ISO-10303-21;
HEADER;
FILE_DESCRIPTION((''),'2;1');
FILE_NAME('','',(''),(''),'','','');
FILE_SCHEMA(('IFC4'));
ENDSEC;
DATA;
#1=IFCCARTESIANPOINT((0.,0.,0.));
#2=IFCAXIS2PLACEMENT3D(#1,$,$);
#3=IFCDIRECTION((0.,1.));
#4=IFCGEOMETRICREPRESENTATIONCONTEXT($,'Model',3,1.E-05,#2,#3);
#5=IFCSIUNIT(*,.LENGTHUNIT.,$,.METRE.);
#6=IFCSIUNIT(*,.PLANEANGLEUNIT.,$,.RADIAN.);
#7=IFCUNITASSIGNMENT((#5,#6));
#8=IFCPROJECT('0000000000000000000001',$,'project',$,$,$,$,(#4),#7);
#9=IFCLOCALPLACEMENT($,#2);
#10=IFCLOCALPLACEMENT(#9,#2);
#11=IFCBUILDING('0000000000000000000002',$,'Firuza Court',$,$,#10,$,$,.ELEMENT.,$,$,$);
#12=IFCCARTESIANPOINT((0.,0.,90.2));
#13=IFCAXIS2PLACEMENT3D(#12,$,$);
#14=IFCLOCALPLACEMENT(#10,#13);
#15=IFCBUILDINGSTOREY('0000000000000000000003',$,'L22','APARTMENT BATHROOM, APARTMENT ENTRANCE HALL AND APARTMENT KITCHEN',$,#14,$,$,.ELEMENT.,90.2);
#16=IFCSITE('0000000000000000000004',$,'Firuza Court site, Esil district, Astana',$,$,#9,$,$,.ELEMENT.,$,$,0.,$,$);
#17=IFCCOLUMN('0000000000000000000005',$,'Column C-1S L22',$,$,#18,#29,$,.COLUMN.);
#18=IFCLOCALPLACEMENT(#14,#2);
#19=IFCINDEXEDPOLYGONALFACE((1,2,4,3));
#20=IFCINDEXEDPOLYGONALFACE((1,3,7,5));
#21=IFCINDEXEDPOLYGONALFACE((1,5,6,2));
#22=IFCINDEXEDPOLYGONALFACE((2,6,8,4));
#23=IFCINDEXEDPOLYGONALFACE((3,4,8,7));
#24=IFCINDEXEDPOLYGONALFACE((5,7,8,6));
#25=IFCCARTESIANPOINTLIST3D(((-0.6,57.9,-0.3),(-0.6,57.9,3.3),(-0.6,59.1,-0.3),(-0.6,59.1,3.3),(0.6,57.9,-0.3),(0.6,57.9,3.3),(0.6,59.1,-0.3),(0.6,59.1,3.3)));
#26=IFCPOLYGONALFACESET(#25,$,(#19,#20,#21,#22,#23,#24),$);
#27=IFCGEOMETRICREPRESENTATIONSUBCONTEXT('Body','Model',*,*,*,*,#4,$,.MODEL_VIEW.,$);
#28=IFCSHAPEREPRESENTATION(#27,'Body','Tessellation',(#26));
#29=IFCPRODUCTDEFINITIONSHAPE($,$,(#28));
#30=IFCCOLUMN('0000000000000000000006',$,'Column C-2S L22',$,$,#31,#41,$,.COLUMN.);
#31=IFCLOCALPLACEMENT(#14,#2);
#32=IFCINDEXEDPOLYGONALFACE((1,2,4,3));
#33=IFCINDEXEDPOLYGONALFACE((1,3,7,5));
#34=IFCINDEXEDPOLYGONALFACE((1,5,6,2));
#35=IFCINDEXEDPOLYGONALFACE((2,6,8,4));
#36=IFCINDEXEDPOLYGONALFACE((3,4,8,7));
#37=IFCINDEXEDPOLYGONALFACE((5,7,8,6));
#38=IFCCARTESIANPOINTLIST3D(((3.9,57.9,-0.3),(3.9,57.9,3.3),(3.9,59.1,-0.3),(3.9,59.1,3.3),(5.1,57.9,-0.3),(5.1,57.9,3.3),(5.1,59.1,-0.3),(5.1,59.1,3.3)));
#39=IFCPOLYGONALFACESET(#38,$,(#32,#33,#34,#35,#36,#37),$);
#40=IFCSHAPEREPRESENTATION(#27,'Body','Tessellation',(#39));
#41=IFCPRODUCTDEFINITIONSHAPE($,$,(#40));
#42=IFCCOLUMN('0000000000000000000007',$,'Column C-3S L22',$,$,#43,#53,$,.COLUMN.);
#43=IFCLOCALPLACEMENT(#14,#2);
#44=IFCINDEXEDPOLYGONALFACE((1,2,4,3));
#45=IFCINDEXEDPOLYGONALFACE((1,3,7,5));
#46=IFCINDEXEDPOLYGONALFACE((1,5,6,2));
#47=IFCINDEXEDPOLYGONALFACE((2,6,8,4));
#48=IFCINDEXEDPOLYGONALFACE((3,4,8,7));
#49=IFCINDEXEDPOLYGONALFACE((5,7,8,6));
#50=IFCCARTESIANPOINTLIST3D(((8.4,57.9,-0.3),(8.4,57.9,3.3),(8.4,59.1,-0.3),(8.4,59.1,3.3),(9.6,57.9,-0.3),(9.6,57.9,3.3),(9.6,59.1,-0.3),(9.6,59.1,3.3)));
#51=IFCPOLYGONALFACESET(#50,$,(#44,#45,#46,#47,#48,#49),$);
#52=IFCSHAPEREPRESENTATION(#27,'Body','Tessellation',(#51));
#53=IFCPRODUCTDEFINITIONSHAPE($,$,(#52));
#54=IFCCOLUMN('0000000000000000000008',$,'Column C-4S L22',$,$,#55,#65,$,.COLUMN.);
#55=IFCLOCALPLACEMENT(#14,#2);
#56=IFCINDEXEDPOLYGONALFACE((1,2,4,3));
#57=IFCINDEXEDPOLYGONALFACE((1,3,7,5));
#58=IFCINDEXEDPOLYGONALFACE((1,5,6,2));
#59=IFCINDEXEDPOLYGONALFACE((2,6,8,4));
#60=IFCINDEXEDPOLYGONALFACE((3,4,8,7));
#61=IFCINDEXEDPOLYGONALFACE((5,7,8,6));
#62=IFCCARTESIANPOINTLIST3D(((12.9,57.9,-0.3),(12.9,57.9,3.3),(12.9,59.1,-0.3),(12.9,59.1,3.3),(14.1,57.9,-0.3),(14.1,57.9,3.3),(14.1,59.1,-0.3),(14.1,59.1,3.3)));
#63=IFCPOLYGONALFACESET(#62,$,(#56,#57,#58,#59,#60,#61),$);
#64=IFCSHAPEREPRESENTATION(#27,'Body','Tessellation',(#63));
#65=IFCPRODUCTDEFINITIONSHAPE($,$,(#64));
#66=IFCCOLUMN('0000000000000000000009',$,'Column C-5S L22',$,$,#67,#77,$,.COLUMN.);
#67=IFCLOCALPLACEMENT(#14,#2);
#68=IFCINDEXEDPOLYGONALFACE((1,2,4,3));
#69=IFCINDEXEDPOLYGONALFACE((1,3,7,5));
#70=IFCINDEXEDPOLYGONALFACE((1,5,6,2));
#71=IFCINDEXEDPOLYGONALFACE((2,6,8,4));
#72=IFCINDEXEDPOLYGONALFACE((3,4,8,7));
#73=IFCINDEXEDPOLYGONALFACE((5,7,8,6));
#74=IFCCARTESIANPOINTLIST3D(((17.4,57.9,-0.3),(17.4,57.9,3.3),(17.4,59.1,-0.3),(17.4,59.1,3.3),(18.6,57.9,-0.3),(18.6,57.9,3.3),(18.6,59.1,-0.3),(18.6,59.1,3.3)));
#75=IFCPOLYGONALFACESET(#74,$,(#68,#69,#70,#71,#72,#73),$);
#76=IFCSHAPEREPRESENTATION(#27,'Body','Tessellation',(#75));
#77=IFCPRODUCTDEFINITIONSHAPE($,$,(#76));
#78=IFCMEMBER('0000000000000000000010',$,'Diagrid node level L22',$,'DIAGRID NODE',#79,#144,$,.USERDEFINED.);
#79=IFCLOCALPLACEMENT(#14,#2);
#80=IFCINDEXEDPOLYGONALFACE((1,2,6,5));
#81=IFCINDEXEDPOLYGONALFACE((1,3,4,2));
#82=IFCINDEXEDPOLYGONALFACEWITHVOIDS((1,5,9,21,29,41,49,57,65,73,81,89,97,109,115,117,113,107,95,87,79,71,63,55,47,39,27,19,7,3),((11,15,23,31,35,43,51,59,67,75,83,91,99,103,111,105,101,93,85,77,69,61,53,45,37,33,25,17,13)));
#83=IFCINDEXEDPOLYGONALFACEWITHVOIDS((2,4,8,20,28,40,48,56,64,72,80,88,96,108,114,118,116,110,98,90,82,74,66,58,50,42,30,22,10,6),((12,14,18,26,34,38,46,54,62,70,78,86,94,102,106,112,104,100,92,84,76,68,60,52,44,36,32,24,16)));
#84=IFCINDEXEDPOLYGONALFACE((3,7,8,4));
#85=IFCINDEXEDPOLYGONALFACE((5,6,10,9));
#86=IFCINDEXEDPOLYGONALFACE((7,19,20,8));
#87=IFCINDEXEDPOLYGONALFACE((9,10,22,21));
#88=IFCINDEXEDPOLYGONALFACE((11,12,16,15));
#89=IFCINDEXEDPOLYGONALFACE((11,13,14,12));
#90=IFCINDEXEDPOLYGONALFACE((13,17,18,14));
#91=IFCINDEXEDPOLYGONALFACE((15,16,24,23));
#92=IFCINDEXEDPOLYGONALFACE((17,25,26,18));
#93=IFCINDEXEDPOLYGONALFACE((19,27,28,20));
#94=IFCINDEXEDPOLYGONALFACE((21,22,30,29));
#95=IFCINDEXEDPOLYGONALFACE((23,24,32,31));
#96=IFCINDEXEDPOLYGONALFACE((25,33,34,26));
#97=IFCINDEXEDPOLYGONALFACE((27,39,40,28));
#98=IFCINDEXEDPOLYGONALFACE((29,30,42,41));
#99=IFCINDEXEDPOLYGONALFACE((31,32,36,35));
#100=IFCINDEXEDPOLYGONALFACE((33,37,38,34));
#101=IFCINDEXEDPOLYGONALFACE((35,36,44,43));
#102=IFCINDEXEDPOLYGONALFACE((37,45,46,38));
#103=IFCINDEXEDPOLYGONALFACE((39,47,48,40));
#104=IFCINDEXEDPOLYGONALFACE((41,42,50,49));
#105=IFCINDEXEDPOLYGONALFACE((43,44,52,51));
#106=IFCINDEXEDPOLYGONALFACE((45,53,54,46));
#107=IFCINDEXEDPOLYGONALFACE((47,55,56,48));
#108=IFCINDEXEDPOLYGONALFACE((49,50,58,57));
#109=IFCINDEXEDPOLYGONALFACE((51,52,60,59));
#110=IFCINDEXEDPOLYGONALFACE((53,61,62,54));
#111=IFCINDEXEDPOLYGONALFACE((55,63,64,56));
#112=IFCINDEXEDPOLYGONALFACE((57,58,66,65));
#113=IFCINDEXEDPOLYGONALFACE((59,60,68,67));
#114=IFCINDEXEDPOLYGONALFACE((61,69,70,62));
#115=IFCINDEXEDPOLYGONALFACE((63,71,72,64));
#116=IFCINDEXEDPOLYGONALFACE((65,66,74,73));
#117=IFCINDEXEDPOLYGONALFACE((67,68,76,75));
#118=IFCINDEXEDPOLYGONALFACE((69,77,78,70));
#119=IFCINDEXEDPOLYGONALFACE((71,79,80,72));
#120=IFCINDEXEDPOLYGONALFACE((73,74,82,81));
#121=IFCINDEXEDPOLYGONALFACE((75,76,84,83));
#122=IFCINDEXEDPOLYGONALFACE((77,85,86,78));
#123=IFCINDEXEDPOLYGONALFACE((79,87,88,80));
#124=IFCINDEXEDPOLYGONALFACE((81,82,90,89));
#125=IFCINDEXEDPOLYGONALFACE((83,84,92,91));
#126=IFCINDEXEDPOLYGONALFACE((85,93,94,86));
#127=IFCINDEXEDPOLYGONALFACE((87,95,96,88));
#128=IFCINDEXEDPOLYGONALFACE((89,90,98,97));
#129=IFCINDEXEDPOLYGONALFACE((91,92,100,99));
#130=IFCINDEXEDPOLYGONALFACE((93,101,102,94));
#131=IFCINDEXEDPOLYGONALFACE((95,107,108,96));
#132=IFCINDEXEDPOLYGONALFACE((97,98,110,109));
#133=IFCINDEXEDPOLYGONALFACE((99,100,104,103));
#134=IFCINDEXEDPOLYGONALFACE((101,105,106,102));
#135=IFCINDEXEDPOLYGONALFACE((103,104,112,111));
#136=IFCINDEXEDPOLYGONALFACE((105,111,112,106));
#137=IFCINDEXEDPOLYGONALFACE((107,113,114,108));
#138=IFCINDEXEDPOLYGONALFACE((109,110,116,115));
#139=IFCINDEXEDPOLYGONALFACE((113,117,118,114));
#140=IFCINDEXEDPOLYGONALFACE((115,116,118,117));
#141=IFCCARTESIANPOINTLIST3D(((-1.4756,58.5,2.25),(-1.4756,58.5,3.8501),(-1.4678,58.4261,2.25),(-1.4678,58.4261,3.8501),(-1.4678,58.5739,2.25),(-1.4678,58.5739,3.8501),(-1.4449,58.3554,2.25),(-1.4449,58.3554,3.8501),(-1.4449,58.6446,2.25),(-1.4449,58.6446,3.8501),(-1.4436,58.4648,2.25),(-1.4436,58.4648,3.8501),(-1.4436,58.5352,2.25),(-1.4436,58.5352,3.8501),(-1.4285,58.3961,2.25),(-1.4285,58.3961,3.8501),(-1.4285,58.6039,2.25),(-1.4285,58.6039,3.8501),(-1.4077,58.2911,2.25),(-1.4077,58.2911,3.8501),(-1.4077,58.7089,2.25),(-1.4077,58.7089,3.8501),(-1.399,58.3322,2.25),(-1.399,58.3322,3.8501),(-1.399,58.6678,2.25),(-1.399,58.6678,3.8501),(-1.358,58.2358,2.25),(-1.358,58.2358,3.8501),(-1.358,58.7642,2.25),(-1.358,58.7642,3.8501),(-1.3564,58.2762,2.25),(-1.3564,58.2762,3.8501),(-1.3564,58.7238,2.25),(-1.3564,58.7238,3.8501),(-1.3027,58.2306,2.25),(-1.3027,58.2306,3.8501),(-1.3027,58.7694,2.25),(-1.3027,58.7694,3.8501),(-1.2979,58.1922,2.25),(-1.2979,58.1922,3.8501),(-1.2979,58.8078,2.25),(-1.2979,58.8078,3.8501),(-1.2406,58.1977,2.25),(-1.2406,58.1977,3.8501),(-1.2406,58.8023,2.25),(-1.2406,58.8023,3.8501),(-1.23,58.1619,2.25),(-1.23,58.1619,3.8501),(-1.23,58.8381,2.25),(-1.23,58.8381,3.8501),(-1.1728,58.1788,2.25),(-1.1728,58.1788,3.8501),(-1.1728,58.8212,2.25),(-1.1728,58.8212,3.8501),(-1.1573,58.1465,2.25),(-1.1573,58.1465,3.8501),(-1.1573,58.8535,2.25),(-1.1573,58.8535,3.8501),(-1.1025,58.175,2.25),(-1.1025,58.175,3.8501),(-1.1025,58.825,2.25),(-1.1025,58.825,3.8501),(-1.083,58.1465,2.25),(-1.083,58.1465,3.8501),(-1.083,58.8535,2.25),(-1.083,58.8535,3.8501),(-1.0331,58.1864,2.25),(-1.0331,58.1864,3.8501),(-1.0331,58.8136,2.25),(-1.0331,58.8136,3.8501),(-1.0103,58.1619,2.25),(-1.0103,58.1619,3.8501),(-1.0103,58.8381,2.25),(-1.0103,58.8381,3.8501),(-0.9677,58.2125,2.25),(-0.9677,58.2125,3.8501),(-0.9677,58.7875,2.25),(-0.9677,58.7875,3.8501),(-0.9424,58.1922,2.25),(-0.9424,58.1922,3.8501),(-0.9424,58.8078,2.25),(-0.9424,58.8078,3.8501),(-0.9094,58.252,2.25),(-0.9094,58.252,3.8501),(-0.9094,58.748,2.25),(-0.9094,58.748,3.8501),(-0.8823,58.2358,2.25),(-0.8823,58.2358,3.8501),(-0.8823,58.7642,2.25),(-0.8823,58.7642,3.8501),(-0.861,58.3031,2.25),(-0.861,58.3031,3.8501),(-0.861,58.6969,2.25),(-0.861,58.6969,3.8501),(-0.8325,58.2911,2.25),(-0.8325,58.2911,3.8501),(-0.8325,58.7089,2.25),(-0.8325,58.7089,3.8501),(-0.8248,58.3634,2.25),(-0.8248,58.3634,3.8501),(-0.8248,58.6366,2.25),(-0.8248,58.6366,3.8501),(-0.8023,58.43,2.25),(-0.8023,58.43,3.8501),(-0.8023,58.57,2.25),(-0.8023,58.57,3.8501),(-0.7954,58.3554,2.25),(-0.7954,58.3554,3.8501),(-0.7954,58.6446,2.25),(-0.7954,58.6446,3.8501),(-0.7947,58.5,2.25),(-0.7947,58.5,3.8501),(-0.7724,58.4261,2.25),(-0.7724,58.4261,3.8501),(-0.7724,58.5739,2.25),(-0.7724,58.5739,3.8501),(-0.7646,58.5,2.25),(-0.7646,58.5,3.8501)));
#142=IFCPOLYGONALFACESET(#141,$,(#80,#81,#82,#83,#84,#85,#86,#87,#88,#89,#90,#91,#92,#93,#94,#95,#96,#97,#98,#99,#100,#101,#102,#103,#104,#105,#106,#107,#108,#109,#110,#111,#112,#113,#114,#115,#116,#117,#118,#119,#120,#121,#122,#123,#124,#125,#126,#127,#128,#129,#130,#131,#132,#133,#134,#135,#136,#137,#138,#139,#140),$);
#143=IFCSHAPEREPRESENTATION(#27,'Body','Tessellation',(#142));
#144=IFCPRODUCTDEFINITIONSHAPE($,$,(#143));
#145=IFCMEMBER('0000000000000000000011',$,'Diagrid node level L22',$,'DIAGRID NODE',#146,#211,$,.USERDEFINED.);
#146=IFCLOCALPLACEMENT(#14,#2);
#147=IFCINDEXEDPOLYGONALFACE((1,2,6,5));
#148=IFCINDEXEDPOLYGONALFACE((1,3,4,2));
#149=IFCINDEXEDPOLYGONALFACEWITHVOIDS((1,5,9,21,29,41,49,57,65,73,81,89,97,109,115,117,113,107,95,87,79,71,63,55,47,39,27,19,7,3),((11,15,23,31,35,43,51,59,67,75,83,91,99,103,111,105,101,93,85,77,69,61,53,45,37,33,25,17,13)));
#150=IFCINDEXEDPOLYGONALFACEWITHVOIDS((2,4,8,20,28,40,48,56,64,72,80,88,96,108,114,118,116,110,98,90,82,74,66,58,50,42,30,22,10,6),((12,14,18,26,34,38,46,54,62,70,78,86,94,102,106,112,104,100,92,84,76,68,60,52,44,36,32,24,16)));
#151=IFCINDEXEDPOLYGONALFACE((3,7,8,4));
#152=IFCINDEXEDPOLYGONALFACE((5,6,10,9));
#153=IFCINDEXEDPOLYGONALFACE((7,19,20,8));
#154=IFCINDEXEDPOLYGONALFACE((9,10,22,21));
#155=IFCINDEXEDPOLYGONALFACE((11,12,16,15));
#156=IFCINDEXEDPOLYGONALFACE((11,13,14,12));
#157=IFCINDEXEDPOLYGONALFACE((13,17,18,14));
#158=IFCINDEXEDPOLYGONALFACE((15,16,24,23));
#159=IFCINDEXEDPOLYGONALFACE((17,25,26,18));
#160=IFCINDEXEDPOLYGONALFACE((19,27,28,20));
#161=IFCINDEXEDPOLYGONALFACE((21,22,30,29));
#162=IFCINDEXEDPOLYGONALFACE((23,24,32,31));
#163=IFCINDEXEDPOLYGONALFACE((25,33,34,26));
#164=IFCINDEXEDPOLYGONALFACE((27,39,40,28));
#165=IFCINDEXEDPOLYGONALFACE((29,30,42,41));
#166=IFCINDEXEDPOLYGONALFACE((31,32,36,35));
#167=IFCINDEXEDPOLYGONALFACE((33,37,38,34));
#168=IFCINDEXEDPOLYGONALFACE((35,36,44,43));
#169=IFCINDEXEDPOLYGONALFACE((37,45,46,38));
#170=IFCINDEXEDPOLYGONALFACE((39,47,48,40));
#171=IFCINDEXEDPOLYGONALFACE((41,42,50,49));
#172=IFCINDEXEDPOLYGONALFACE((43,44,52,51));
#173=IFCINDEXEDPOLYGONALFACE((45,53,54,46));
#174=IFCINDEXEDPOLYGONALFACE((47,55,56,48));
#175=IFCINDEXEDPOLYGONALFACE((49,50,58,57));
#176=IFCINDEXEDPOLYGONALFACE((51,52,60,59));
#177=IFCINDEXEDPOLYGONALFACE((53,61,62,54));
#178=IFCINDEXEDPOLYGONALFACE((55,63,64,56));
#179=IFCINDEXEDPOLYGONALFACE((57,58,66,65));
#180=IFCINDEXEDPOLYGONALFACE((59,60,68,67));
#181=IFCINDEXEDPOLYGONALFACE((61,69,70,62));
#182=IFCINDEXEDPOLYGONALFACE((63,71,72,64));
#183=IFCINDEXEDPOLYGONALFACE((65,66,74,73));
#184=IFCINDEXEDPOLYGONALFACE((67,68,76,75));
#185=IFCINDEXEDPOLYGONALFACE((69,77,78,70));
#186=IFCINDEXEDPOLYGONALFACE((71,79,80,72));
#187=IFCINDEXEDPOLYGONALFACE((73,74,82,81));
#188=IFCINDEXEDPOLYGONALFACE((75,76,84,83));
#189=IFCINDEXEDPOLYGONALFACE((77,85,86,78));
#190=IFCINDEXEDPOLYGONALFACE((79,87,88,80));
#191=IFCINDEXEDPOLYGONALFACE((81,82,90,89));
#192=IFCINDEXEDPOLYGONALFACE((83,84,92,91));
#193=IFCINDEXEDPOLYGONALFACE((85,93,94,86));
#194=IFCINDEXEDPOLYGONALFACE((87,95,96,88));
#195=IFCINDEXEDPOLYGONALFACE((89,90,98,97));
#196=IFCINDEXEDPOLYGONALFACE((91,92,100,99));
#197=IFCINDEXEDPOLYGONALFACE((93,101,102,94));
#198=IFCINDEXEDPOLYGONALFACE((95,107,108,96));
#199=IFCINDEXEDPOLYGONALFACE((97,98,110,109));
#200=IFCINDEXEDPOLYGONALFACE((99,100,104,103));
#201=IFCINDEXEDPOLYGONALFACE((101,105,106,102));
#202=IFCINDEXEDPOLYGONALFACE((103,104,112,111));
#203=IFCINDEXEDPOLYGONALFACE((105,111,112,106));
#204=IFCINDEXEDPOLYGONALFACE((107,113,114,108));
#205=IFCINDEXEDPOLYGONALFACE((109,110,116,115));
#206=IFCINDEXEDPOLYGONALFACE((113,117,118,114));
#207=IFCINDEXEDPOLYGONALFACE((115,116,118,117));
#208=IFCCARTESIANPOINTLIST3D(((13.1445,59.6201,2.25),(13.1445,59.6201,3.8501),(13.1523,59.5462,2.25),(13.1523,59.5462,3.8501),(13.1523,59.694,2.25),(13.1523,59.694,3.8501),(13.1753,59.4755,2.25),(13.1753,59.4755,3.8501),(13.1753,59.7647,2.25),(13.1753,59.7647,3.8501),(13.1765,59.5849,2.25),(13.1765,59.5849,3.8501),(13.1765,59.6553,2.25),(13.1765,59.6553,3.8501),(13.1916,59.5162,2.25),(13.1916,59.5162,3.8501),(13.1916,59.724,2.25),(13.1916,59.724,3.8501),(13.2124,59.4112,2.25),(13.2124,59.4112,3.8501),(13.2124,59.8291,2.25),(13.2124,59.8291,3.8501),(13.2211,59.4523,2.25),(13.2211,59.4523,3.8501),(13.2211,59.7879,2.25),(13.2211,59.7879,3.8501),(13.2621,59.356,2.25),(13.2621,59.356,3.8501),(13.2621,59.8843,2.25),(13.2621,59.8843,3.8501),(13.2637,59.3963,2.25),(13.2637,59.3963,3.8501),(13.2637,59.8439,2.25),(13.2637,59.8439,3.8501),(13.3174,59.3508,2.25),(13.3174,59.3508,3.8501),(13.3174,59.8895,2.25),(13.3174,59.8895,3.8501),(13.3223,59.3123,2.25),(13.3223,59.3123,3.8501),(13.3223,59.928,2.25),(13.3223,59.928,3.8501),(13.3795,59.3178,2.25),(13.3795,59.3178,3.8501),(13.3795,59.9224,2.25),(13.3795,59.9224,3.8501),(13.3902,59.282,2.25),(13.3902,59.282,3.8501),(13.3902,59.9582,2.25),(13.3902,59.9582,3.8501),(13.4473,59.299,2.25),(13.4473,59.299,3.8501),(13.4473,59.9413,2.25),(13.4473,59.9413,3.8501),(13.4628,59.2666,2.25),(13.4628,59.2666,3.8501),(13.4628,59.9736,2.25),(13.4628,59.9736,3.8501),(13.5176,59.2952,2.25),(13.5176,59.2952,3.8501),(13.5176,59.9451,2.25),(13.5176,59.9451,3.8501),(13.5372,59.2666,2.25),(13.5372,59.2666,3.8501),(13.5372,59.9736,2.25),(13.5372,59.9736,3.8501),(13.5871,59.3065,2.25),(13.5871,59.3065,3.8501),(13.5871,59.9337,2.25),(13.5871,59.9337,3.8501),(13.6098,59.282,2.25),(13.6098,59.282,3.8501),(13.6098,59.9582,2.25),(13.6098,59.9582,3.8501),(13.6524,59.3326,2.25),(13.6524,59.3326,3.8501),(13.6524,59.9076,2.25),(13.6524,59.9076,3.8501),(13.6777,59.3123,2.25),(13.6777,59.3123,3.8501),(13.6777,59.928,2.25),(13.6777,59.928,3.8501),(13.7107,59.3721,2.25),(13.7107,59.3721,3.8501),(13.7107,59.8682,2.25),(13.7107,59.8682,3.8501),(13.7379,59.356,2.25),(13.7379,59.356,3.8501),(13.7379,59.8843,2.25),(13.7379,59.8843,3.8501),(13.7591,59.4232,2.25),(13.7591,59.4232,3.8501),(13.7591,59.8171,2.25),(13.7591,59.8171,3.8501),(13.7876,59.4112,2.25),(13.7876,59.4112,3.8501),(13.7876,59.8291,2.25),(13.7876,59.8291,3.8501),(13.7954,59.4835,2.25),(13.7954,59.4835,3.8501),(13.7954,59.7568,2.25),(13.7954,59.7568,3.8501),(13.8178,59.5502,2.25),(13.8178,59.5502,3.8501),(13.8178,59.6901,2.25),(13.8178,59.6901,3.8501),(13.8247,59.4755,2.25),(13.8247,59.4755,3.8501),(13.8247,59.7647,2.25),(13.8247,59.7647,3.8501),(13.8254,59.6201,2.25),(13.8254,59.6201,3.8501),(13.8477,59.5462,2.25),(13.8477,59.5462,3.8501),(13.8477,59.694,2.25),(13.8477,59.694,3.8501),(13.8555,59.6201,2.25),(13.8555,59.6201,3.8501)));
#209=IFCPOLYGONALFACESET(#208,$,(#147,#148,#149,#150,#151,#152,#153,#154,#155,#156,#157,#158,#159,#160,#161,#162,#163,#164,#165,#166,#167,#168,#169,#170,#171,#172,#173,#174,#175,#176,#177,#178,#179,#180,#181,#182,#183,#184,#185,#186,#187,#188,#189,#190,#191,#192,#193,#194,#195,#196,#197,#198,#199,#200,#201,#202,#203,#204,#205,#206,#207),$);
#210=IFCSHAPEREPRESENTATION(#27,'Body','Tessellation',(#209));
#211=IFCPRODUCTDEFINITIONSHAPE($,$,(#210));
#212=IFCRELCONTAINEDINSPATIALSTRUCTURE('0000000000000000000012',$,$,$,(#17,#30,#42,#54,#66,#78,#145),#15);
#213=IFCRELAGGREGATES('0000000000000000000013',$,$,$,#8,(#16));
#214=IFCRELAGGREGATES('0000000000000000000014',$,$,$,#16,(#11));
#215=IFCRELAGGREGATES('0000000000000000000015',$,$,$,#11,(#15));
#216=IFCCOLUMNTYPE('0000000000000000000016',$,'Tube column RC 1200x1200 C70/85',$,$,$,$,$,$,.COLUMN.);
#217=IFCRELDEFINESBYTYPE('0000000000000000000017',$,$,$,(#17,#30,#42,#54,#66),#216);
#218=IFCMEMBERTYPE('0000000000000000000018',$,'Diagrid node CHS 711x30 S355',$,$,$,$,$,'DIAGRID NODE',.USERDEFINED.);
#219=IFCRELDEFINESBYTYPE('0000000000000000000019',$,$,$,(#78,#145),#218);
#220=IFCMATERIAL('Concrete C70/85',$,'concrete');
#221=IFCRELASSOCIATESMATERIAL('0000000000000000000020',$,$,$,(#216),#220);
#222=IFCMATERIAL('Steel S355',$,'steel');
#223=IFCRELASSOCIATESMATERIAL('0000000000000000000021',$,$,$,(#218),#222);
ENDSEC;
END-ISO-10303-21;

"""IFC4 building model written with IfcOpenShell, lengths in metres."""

from ifc_helpers import new_model, si_unit, direction, frame, origin, origin_2d, place, context, subcontext, project, spatial, rectangle, hollow_circle, extrude, material, material_profile, profile_set, type_object, element, save


model = new_model("IFC4")

# Units and contexts
model_context = context("Model", 3, precision=1e-05, world=origin(), true_north=direction((0.0, 1.0)))
body_context = subcontext(model_context, "Body", "Model", "MODEL_VIEW")
ifc_project = project(units=[si_unit("LENGTHUNIT", "METRE"), si_unit("PLANEANGLEUNIT", "RADIAN")], contexts=[model_context])

# Site, building, storey
site_placement = place(None, origin())
site = spatial("IfcSite", under=ifc_project, at=site_placement, Name="Firuza Court site, Esil district, Astana", CompositionType="ELEMENT", RefElevation=0.0)
building_placement = place(site_placement, origin())
building = spatial("IfcBuilding", under=site, at=building_placement, Name="Firuza Court", CompositionType="ELEMENT")
storey_placement = place(building_placement, frame((0.0, 0.0, 90.2)))
storey = spatial("IfcBuildingStorey", under=building, at=storey_placement, Name="L22", Description="APARTMENT BATHROOM, APARTMENT ENTRANCE HALL AND APARTMENT KITCHEN", CompositionType="ELEMENT", Elevation=90.2)

# Columns
ifc_material_1 = material(Name="Concrete C70/85", Category="concrete")
ifc_material_profile_1 = material_profile(ifc_material_1, rectangle(XDim=1.2, YDim=1.2, at=origin_2d()), Name="RC 1200x1200")
ifc_profile_set_1 = profile_set([ifc_material_profile_1], Name="Concrete C70/85")
column_type = type_object("IfcColumnType", Name="Tube column RC 1200x1200 C70/85", PredefinedType="COLUMN", material=ifc_profile_set_1)
for number, where, z_axis, x_axis, name in (
    (1, (0.0, 58.5, -0.3), (0.0, 0.0, 1.0), (1.0, 0.0, 0.0), "Column C-1S L22"),
    (2, (4.5, 58.5, -0.3), (0.0, 0.0, 1.0), (1.0, 0.0, 0.0), "Column C-2S L22"),
    (3, (9.0, 58.5, -0.3), (0.0, 0.0, 1.0), (1.0, 0.0, 0.0), "Column C-3S L22"),
    (4, (13.5, 58.5, -0.3), (0.0, 0.0, 1.0), (1.0, 0.0, 0.0), "Column C-4S L22"),
    (5, (18.0, 58.5, -0.3), (0.0, 0.0, 1.0), (1.0, 0.0, 0.0), "Column C-5S L22"),
):
    element("IfcColumn", number, at=place(storey_placement, frame(where, z_axis=z_axis, x_axis=x_axis)), inside=storey, type_object=column_type, Name=name, PredefinedType="COLUMN", context=body_context, shape_type="SweptSolid", body=[
        extrude(rectangle(XDim=1.2, YDim=1.2, at=origin_2d()), origin(), (0.0, 0.0, 1.0), 3.6001),
    ])

# Members
ifc_material_2 = material(Name="Steel S355", Category="steel")
ifc_material_profile_2 = material_profile(ifc_material_2, hollow_circle(Radius=0.3555, WallThickness=0.03, at=origin_2d()), Name="CHS 711x30")
ifc_profile_set_2 = profile_set([ifc_material_profile_2], Name="Steel S355")
member_type_1 = type_object("IfcMemberType", Name="Diagrid node CHS 711x30 S355", ElementType="DIAGRID NODE", PredefinedType="USERDEFINED", material=ifc_profile_set_2)
for number, where, z_axis, x_axis, name in (
    (6, (-1.1201, 58.5, 2.25), (0.0, 0.0, 1.0), (1.0, 0.0, 0.0), "Diagrid node level L22"),
    (7, (13.5, 59.6201, 2.25), (0.0, 0.0, 1.0), (1.0, 0.0, 0.0), "Diagrid node level L22"),
):
    element("IfcMember", number, at=place(storey_placement, frame(where, z_axis=z_axis, x_axis=x_axis)), inside=storey, type_object=member_type_1, Name=name, ObjectType="DIAGRID NODE", PredefinedType="USERDEFINED", context=body_context, shape_type="SweptSolid", body=[
        extrude(hollow_circle(Radius=0.3555, WallThickness=0.03, at=origin_2d()), origin(), (0.0, 0.0, 1.0), 1.6001),
    ])

save(model, "model.ifc")
